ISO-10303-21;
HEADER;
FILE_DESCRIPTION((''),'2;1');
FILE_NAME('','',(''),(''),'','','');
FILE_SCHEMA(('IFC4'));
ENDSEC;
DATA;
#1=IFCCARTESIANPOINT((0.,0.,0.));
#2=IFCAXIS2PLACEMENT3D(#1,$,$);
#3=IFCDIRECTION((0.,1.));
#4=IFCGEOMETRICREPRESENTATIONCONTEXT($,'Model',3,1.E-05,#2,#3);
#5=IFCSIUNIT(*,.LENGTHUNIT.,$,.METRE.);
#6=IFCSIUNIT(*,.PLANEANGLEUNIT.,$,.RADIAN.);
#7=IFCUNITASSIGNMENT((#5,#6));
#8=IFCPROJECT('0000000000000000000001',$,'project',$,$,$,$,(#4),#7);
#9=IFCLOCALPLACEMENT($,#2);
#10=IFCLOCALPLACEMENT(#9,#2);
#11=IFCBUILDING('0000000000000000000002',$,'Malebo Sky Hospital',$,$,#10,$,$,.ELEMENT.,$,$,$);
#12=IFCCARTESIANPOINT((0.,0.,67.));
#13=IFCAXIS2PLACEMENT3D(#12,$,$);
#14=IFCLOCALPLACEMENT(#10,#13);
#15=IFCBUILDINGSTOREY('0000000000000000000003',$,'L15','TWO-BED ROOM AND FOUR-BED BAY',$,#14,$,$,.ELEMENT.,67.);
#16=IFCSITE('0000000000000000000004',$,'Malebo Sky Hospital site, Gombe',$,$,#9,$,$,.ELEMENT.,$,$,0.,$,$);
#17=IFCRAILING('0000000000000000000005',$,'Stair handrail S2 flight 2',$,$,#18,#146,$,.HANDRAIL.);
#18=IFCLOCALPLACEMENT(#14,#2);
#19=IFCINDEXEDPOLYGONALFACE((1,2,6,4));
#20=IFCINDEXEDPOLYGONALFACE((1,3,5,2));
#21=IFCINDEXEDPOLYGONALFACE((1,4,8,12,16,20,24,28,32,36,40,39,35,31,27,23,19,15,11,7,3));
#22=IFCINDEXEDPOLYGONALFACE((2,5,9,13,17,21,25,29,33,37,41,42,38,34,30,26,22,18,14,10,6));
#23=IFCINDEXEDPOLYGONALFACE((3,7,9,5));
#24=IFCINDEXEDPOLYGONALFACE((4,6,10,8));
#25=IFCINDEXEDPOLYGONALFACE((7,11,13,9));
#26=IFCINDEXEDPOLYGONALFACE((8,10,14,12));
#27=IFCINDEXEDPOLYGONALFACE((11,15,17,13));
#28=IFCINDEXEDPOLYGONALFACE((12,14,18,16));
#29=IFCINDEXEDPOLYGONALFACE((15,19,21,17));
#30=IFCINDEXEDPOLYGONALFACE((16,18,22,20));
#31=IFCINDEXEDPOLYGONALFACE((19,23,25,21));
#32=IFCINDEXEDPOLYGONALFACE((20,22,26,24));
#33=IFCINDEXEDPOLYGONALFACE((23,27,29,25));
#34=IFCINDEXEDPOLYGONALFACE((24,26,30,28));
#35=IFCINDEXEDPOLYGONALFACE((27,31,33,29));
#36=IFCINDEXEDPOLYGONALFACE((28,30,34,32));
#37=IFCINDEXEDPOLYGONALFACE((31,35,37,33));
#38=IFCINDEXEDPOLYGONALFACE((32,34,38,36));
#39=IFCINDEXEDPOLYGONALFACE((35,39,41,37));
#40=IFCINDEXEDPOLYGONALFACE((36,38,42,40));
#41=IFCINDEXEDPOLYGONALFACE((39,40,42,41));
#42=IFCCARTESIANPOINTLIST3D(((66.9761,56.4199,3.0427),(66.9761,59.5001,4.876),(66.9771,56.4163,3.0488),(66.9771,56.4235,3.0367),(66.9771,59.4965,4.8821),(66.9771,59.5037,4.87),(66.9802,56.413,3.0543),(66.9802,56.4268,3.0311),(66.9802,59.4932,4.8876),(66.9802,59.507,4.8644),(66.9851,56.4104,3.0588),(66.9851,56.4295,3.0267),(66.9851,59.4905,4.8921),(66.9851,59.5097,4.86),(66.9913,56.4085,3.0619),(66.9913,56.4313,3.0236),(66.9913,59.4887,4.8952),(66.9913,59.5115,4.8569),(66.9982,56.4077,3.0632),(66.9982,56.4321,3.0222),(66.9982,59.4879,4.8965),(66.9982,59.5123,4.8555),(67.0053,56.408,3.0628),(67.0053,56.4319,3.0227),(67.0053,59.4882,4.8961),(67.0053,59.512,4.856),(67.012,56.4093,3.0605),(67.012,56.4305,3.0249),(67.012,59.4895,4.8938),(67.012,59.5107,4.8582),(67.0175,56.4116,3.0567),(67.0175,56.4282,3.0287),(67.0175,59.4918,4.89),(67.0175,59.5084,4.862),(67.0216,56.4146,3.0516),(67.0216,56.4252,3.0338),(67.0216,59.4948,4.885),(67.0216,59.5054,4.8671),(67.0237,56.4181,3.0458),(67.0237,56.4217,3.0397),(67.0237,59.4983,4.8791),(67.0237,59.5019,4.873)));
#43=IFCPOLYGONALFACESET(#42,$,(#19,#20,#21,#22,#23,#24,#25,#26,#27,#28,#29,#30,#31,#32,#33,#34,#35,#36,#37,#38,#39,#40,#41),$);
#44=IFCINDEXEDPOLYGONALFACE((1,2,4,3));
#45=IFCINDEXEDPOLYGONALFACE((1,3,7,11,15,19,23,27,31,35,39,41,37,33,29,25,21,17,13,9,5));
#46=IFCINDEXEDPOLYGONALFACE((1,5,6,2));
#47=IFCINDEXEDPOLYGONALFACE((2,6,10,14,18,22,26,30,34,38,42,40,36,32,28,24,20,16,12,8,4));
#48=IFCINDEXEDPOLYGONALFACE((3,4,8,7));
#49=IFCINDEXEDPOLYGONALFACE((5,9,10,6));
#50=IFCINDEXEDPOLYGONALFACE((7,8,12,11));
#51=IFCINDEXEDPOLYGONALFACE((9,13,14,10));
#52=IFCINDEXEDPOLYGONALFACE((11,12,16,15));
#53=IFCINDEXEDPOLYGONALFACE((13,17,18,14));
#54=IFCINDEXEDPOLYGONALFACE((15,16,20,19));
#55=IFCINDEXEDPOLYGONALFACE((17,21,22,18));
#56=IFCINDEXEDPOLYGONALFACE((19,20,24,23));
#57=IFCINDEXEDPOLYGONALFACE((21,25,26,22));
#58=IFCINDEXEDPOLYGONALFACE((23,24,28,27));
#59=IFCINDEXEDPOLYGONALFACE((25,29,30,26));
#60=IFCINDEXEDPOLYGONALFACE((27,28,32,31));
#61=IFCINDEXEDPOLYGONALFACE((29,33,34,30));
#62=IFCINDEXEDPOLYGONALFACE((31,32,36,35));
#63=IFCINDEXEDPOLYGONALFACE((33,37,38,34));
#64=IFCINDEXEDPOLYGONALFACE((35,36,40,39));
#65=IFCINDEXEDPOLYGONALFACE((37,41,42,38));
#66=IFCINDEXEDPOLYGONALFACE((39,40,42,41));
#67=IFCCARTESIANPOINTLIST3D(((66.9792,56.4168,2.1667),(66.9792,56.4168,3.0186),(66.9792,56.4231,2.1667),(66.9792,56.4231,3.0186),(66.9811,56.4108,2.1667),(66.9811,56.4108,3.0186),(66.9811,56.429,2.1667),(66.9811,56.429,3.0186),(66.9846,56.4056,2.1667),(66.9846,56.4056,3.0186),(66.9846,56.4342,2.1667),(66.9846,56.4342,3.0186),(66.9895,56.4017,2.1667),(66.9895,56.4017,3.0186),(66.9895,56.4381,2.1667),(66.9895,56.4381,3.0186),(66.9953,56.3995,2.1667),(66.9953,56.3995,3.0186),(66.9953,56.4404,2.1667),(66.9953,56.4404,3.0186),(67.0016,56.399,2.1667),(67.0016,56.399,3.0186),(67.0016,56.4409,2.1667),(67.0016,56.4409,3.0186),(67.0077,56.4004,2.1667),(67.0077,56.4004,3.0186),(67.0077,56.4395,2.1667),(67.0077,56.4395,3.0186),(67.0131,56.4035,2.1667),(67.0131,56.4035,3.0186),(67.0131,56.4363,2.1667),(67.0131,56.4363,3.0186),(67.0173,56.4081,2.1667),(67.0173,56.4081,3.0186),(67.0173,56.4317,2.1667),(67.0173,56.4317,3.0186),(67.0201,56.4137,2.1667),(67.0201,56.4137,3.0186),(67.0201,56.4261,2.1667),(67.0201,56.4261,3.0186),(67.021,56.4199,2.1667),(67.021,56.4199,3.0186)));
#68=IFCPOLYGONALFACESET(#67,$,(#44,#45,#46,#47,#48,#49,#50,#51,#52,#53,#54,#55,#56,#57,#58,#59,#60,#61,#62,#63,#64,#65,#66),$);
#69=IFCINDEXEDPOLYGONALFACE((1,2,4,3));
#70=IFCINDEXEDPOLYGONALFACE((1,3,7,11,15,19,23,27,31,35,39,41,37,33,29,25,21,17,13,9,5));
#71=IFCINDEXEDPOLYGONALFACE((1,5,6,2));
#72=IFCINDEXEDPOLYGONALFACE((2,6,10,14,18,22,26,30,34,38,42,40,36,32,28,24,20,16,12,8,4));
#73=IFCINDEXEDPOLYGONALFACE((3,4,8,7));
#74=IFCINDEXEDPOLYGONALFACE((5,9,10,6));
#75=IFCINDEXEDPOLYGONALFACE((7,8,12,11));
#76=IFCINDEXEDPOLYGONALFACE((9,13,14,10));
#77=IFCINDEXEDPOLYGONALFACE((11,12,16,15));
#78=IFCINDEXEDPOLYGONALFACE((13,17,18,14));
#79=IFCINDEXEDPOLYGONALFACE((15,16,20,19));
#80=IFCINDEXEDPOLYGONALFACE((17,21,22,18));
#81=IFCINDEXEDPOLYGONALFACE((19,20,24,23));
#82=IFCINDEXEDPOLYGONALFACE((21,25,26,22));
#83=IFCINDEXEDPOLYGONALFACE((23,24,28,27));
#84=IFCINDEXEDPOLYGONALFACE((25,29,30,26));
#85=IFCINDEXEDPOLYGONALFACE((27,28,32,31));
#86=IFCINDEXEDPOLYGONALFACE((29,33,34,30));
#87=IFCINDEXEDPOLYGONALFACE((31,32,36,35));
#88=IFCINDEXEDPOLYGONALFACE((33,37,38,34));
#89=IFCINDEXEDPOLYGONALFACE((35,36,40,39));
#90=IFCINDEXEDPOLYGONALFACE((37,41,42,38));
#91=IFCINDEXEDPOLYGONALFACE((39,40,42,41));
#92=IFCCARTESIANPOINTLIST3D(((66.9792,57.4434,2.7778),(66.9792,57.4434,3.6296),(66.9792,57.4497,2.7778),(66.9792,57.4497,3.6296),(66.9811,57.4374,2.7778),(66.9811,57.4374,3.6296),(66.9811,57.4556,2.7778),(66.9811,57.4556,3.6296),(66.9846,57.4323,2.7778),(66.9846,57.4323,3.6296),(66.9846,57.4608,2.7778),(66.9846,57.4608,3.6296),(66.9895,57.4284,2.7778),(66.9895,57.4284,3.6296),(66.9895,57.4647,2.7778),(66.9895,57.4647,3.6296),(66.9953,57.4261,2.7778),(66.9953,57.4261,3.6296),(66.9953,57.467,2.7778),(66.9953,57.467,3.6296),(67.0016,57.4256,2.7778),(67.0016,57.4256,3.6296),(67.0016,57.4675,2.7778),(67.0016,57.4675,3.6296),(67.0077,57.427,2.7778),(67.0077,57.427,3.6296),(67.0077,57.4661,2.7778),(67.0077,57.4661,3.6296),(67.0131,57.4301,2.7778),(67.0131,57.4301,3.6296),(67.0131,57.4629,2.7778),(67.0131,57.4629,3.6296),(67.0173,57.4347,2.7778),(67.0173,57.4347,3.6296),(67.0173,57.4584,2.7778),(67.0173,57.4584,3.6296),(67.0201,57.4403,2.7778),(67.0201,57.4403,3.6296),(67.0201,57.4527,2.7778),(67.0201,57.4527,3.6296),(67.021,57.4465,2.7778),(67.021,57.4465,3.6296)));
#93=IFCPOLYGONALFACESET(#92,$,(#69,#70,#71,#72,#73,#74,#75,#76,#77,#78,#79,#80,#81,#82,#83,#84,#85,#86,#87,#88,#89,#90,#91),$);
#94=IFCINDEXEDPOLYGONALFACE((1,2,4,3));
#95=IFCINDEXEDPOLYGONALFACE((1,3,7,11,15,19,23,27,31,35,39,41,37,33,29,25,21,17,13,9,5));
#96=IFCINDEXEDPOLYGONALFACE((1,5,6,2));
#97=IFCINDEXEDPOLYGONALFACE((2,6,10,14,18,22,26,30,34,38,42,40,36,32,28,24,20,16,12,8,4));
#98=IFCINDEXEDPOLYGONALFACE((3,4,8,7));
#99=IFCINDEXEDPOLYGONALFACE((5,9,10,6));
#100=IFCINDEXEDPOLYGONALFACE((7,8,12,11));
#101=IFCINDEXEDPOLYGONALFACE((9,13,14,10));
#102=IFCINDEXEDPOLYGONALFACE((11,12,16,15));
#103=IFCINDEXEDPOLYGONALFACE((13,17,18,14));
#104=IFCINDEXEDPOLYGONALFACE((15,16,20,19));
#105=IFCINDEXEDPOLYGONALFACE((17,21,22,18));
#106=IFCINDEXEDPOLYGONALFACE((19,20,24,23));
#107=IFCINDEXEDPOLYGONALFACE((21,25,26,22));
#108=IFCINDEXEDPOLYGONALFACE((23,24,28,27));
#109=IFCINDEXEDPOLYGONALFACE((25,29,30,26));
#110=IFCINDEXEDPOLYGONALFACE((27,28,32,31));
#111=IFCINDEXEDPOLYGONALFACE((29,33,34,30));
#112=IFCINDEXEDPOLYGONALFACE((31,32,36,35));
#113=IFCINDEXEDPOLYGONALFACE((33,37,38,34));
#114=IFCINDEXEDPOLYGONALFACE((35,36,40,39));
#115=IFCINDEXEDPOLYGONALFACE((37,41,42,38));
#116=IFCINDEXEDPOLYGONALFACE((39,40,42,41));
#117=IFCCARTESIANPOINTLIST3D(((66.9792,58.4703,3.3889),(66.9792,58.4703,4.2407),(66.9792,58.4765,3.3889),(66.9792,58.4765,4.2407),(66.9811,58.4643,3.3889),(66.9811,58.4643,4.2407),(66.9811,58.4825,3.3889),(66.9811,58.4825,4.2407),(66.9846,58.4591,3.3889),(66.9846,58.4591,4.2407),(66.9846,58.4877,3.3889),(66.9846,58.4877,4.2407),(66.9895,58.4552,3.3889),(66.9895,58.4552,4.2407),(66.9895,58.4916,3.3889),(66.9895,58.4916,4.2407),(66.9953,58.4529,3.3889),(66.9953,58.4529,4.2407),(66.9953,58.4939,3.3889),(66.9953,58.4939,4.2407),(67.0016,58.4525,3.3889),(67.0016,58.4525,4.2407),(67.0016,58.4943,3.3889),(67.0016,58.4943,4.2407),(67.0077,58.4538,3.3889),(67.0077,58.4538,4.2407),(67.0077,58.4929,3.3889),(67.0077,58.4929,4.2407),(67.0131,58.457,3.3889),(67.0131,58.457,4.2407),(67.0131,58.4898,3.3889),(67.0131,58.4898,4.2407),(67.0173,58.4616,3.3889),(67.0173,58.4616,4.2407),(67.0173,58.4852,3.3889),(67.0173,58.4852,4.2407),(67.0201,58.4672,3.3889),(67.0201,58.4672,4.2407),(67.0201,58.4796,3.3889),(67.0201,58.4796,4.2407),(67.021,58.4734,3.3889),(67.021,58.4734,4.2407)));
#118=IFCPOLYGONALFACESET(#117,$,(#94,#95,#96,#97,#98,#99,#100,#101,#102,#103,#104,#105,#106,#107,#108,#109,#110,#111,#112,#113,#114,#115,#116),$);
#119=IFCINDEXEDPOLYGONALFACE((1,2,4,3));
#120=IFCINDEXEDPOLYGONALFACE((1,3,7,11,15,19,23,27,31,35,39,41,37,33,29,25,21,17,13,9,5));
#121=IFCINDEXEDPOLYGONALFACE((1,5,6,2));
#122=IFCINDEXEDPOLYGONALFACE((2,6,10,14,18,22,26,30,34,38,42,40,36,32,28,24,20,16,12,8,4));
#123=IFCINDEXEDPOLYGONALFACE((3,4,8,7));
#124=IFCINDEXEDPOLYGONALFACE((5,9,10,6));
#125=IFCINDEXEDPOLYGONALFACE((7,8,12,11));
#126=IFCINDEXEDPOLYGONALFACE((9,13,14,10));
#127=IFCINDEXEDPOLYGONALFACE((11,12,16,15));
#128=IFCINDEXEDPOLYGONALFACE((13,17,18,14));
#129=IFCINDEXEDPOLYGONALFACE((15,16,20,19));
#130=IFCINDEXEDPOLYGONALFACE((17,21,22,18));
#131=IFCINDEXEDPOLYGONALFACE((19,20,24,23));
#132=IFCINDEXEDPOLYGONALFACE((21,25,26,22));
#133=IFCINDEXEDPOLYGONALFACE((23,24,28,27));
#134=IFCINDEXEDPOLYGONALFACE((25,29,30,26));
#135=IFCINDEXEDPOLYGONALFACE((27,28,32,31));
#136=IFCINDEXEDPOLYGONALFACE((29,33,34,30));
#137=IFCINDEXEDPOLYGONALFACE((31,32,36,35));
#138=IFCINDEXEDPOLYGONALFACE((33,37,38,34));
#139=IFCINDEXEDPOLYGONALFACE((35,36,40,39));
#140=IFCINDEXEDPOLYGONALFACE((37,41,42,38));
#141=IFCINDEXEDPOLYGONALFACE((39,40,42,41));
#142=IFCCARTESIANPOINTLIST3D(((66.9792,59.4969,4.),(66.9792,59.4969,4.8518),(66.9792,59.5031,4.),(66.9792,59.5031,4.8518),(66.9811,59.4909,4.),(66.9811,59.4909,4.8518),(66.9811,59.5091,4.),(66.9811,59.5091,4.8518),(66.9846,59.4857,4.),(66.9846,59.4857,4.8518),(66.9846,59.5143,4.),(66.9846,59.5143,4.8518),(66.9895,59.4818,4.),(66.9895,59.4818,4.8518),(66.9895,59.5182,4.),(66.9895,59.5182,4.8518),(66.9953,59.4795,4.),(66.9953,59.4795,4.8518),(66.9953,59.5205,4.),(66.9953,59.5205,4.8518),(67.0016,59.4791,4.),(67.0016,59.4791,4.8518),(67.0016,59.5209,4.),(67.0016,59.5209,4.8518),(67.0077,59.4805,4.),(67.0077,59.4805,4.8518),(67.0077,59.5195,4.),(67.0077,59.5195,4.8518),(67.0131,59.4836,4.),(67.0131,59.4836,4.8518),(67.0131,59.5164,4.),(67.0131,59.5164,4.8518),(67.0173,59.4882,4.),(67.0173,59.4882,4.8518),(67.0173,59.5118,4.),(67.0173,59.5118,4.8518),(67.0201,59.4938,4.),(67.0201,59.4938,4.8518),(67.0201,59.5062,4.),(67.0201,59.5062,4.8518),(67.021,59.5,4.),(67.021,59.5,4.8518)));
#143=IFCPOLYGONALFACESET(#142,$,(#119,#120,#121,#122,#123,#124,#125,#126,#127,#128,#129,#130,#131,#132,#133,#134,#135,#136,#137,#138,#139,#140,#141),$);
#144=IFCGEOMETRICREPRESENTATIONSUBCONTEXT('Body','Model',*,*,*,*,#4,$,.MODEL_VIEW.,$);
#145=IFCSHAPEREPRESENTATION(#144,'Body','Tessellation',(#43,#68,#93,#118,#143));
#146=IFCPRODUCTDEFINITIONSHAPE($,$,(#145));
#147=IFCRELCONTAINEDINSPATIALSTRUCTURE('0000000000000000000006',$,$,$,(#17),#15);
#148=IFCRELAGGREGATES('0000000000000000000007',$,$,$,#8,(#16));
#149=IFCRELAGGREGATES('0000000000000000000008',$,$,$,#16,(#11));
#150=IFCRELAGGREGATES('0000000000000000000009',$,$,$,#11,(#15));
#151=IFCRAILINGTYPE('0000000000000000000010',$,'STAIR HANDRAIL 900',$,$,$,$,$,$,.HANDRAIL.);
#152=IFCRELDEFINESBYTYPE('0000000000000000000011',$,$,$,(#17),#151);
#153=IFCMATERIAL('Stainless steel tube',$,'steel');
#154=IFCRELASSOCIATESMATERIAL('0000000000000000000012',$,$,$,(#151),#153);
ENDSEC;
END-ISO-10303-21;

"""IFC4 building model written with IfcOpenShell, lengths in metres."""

from ifc_helpers import new_model, si_unit, direction, frame, origin, origin_2d, place, context, subcontext, project, spatial, circle, extrude, material, type_object, element, save


model = new_model("IFC4")

# Units and contexts
model_context = context("Model", 3, precision=1e-05, world=origin(), true_north=direction((0.0, 1.0)))
body_context = subcontext(model_context, "Body", "Model", "MODEL_VIEW")
ifc_project = project(units=[si_unit("LENGTHUNIT", "METRE"), si_unit("PLANEANGLEUNIT", "RADIAN")], contexts=[model_context])

# Site, building, storey
site_placement = place(None, origin())
site = spatial("IfcSite", under=ifc_project, at=site_placement, Name="Malebo Sky Hospital site, Gombe", CompositionType="ELEMENT", RefElevation=0.0)
building_placement = place(site_placement, origin())
building = spatial("IfcBuilding", under=site, at=building_placement, Name="Malebo Sky Hospital", CompositionType="ELEMENT")
storey_placement = place(building_placement, frame((0.0, 0.0, 67.0)))
storey = spatial("IfcBuildingStorey", under=building, at=storey_placement, Name="L15", Description="TWO-BED ROOM AND FOUR-BED BAY", CompositionType="ELEMENT", Elevation=67.0)

# Railing
ifc_material_1 = material(Name="Stainless steel tube", Category="steel")
railing_type = type_object("IfcRailingType", Name="STAIR HANDRAIL 900", PredefinedType="HANDRAIL", material=ifc_material_1)
railing_1_placement = place(storey_placement, frame((67.0, 56.4199, 2.1667)))
element("IfcRailing", 1, at=railing_1_placement, inside=storey, type_object=railing_type, Name="Stair handrail S2 flight 2", PredefinedType="HANDRAIL", context=body_context, shape_type="SweptSolid", body=[
    extrude(circle(Radius=0.0239, at=origin_2d()), frame((0.0, 0.0, 0.876), z_axis=(0.0, 0.859309, 0.511458), x_axis=(-1.0, 0.0, 0.0)), (0.0, 0.0, 1.0), 3.5845),
    extrude(circle(Radius=0.021, at=origin_2d()), origin(), (0.0, 0.0, 1.0), 0.8518),
    extrude(circle(Radius=0.021, at=origin_2d()), frame((0.0, 1.0266, 0.6111)), (0.0, 0.0, 1.0), 0.8518),
    extrude(circle(Radius=0.021, at=origin_2d()), frame((0.0, 2.0535, 1.2222)), (0.0, 0.0, 1.0), 0.8518),
    extrude(circle(Radius=0.021, at=origin_2d()), frame((0.0, 3.0801, 1.8333)), (0.0, 0.0, 1.0), 0.8518),
])

save(model, "model.ifc")
